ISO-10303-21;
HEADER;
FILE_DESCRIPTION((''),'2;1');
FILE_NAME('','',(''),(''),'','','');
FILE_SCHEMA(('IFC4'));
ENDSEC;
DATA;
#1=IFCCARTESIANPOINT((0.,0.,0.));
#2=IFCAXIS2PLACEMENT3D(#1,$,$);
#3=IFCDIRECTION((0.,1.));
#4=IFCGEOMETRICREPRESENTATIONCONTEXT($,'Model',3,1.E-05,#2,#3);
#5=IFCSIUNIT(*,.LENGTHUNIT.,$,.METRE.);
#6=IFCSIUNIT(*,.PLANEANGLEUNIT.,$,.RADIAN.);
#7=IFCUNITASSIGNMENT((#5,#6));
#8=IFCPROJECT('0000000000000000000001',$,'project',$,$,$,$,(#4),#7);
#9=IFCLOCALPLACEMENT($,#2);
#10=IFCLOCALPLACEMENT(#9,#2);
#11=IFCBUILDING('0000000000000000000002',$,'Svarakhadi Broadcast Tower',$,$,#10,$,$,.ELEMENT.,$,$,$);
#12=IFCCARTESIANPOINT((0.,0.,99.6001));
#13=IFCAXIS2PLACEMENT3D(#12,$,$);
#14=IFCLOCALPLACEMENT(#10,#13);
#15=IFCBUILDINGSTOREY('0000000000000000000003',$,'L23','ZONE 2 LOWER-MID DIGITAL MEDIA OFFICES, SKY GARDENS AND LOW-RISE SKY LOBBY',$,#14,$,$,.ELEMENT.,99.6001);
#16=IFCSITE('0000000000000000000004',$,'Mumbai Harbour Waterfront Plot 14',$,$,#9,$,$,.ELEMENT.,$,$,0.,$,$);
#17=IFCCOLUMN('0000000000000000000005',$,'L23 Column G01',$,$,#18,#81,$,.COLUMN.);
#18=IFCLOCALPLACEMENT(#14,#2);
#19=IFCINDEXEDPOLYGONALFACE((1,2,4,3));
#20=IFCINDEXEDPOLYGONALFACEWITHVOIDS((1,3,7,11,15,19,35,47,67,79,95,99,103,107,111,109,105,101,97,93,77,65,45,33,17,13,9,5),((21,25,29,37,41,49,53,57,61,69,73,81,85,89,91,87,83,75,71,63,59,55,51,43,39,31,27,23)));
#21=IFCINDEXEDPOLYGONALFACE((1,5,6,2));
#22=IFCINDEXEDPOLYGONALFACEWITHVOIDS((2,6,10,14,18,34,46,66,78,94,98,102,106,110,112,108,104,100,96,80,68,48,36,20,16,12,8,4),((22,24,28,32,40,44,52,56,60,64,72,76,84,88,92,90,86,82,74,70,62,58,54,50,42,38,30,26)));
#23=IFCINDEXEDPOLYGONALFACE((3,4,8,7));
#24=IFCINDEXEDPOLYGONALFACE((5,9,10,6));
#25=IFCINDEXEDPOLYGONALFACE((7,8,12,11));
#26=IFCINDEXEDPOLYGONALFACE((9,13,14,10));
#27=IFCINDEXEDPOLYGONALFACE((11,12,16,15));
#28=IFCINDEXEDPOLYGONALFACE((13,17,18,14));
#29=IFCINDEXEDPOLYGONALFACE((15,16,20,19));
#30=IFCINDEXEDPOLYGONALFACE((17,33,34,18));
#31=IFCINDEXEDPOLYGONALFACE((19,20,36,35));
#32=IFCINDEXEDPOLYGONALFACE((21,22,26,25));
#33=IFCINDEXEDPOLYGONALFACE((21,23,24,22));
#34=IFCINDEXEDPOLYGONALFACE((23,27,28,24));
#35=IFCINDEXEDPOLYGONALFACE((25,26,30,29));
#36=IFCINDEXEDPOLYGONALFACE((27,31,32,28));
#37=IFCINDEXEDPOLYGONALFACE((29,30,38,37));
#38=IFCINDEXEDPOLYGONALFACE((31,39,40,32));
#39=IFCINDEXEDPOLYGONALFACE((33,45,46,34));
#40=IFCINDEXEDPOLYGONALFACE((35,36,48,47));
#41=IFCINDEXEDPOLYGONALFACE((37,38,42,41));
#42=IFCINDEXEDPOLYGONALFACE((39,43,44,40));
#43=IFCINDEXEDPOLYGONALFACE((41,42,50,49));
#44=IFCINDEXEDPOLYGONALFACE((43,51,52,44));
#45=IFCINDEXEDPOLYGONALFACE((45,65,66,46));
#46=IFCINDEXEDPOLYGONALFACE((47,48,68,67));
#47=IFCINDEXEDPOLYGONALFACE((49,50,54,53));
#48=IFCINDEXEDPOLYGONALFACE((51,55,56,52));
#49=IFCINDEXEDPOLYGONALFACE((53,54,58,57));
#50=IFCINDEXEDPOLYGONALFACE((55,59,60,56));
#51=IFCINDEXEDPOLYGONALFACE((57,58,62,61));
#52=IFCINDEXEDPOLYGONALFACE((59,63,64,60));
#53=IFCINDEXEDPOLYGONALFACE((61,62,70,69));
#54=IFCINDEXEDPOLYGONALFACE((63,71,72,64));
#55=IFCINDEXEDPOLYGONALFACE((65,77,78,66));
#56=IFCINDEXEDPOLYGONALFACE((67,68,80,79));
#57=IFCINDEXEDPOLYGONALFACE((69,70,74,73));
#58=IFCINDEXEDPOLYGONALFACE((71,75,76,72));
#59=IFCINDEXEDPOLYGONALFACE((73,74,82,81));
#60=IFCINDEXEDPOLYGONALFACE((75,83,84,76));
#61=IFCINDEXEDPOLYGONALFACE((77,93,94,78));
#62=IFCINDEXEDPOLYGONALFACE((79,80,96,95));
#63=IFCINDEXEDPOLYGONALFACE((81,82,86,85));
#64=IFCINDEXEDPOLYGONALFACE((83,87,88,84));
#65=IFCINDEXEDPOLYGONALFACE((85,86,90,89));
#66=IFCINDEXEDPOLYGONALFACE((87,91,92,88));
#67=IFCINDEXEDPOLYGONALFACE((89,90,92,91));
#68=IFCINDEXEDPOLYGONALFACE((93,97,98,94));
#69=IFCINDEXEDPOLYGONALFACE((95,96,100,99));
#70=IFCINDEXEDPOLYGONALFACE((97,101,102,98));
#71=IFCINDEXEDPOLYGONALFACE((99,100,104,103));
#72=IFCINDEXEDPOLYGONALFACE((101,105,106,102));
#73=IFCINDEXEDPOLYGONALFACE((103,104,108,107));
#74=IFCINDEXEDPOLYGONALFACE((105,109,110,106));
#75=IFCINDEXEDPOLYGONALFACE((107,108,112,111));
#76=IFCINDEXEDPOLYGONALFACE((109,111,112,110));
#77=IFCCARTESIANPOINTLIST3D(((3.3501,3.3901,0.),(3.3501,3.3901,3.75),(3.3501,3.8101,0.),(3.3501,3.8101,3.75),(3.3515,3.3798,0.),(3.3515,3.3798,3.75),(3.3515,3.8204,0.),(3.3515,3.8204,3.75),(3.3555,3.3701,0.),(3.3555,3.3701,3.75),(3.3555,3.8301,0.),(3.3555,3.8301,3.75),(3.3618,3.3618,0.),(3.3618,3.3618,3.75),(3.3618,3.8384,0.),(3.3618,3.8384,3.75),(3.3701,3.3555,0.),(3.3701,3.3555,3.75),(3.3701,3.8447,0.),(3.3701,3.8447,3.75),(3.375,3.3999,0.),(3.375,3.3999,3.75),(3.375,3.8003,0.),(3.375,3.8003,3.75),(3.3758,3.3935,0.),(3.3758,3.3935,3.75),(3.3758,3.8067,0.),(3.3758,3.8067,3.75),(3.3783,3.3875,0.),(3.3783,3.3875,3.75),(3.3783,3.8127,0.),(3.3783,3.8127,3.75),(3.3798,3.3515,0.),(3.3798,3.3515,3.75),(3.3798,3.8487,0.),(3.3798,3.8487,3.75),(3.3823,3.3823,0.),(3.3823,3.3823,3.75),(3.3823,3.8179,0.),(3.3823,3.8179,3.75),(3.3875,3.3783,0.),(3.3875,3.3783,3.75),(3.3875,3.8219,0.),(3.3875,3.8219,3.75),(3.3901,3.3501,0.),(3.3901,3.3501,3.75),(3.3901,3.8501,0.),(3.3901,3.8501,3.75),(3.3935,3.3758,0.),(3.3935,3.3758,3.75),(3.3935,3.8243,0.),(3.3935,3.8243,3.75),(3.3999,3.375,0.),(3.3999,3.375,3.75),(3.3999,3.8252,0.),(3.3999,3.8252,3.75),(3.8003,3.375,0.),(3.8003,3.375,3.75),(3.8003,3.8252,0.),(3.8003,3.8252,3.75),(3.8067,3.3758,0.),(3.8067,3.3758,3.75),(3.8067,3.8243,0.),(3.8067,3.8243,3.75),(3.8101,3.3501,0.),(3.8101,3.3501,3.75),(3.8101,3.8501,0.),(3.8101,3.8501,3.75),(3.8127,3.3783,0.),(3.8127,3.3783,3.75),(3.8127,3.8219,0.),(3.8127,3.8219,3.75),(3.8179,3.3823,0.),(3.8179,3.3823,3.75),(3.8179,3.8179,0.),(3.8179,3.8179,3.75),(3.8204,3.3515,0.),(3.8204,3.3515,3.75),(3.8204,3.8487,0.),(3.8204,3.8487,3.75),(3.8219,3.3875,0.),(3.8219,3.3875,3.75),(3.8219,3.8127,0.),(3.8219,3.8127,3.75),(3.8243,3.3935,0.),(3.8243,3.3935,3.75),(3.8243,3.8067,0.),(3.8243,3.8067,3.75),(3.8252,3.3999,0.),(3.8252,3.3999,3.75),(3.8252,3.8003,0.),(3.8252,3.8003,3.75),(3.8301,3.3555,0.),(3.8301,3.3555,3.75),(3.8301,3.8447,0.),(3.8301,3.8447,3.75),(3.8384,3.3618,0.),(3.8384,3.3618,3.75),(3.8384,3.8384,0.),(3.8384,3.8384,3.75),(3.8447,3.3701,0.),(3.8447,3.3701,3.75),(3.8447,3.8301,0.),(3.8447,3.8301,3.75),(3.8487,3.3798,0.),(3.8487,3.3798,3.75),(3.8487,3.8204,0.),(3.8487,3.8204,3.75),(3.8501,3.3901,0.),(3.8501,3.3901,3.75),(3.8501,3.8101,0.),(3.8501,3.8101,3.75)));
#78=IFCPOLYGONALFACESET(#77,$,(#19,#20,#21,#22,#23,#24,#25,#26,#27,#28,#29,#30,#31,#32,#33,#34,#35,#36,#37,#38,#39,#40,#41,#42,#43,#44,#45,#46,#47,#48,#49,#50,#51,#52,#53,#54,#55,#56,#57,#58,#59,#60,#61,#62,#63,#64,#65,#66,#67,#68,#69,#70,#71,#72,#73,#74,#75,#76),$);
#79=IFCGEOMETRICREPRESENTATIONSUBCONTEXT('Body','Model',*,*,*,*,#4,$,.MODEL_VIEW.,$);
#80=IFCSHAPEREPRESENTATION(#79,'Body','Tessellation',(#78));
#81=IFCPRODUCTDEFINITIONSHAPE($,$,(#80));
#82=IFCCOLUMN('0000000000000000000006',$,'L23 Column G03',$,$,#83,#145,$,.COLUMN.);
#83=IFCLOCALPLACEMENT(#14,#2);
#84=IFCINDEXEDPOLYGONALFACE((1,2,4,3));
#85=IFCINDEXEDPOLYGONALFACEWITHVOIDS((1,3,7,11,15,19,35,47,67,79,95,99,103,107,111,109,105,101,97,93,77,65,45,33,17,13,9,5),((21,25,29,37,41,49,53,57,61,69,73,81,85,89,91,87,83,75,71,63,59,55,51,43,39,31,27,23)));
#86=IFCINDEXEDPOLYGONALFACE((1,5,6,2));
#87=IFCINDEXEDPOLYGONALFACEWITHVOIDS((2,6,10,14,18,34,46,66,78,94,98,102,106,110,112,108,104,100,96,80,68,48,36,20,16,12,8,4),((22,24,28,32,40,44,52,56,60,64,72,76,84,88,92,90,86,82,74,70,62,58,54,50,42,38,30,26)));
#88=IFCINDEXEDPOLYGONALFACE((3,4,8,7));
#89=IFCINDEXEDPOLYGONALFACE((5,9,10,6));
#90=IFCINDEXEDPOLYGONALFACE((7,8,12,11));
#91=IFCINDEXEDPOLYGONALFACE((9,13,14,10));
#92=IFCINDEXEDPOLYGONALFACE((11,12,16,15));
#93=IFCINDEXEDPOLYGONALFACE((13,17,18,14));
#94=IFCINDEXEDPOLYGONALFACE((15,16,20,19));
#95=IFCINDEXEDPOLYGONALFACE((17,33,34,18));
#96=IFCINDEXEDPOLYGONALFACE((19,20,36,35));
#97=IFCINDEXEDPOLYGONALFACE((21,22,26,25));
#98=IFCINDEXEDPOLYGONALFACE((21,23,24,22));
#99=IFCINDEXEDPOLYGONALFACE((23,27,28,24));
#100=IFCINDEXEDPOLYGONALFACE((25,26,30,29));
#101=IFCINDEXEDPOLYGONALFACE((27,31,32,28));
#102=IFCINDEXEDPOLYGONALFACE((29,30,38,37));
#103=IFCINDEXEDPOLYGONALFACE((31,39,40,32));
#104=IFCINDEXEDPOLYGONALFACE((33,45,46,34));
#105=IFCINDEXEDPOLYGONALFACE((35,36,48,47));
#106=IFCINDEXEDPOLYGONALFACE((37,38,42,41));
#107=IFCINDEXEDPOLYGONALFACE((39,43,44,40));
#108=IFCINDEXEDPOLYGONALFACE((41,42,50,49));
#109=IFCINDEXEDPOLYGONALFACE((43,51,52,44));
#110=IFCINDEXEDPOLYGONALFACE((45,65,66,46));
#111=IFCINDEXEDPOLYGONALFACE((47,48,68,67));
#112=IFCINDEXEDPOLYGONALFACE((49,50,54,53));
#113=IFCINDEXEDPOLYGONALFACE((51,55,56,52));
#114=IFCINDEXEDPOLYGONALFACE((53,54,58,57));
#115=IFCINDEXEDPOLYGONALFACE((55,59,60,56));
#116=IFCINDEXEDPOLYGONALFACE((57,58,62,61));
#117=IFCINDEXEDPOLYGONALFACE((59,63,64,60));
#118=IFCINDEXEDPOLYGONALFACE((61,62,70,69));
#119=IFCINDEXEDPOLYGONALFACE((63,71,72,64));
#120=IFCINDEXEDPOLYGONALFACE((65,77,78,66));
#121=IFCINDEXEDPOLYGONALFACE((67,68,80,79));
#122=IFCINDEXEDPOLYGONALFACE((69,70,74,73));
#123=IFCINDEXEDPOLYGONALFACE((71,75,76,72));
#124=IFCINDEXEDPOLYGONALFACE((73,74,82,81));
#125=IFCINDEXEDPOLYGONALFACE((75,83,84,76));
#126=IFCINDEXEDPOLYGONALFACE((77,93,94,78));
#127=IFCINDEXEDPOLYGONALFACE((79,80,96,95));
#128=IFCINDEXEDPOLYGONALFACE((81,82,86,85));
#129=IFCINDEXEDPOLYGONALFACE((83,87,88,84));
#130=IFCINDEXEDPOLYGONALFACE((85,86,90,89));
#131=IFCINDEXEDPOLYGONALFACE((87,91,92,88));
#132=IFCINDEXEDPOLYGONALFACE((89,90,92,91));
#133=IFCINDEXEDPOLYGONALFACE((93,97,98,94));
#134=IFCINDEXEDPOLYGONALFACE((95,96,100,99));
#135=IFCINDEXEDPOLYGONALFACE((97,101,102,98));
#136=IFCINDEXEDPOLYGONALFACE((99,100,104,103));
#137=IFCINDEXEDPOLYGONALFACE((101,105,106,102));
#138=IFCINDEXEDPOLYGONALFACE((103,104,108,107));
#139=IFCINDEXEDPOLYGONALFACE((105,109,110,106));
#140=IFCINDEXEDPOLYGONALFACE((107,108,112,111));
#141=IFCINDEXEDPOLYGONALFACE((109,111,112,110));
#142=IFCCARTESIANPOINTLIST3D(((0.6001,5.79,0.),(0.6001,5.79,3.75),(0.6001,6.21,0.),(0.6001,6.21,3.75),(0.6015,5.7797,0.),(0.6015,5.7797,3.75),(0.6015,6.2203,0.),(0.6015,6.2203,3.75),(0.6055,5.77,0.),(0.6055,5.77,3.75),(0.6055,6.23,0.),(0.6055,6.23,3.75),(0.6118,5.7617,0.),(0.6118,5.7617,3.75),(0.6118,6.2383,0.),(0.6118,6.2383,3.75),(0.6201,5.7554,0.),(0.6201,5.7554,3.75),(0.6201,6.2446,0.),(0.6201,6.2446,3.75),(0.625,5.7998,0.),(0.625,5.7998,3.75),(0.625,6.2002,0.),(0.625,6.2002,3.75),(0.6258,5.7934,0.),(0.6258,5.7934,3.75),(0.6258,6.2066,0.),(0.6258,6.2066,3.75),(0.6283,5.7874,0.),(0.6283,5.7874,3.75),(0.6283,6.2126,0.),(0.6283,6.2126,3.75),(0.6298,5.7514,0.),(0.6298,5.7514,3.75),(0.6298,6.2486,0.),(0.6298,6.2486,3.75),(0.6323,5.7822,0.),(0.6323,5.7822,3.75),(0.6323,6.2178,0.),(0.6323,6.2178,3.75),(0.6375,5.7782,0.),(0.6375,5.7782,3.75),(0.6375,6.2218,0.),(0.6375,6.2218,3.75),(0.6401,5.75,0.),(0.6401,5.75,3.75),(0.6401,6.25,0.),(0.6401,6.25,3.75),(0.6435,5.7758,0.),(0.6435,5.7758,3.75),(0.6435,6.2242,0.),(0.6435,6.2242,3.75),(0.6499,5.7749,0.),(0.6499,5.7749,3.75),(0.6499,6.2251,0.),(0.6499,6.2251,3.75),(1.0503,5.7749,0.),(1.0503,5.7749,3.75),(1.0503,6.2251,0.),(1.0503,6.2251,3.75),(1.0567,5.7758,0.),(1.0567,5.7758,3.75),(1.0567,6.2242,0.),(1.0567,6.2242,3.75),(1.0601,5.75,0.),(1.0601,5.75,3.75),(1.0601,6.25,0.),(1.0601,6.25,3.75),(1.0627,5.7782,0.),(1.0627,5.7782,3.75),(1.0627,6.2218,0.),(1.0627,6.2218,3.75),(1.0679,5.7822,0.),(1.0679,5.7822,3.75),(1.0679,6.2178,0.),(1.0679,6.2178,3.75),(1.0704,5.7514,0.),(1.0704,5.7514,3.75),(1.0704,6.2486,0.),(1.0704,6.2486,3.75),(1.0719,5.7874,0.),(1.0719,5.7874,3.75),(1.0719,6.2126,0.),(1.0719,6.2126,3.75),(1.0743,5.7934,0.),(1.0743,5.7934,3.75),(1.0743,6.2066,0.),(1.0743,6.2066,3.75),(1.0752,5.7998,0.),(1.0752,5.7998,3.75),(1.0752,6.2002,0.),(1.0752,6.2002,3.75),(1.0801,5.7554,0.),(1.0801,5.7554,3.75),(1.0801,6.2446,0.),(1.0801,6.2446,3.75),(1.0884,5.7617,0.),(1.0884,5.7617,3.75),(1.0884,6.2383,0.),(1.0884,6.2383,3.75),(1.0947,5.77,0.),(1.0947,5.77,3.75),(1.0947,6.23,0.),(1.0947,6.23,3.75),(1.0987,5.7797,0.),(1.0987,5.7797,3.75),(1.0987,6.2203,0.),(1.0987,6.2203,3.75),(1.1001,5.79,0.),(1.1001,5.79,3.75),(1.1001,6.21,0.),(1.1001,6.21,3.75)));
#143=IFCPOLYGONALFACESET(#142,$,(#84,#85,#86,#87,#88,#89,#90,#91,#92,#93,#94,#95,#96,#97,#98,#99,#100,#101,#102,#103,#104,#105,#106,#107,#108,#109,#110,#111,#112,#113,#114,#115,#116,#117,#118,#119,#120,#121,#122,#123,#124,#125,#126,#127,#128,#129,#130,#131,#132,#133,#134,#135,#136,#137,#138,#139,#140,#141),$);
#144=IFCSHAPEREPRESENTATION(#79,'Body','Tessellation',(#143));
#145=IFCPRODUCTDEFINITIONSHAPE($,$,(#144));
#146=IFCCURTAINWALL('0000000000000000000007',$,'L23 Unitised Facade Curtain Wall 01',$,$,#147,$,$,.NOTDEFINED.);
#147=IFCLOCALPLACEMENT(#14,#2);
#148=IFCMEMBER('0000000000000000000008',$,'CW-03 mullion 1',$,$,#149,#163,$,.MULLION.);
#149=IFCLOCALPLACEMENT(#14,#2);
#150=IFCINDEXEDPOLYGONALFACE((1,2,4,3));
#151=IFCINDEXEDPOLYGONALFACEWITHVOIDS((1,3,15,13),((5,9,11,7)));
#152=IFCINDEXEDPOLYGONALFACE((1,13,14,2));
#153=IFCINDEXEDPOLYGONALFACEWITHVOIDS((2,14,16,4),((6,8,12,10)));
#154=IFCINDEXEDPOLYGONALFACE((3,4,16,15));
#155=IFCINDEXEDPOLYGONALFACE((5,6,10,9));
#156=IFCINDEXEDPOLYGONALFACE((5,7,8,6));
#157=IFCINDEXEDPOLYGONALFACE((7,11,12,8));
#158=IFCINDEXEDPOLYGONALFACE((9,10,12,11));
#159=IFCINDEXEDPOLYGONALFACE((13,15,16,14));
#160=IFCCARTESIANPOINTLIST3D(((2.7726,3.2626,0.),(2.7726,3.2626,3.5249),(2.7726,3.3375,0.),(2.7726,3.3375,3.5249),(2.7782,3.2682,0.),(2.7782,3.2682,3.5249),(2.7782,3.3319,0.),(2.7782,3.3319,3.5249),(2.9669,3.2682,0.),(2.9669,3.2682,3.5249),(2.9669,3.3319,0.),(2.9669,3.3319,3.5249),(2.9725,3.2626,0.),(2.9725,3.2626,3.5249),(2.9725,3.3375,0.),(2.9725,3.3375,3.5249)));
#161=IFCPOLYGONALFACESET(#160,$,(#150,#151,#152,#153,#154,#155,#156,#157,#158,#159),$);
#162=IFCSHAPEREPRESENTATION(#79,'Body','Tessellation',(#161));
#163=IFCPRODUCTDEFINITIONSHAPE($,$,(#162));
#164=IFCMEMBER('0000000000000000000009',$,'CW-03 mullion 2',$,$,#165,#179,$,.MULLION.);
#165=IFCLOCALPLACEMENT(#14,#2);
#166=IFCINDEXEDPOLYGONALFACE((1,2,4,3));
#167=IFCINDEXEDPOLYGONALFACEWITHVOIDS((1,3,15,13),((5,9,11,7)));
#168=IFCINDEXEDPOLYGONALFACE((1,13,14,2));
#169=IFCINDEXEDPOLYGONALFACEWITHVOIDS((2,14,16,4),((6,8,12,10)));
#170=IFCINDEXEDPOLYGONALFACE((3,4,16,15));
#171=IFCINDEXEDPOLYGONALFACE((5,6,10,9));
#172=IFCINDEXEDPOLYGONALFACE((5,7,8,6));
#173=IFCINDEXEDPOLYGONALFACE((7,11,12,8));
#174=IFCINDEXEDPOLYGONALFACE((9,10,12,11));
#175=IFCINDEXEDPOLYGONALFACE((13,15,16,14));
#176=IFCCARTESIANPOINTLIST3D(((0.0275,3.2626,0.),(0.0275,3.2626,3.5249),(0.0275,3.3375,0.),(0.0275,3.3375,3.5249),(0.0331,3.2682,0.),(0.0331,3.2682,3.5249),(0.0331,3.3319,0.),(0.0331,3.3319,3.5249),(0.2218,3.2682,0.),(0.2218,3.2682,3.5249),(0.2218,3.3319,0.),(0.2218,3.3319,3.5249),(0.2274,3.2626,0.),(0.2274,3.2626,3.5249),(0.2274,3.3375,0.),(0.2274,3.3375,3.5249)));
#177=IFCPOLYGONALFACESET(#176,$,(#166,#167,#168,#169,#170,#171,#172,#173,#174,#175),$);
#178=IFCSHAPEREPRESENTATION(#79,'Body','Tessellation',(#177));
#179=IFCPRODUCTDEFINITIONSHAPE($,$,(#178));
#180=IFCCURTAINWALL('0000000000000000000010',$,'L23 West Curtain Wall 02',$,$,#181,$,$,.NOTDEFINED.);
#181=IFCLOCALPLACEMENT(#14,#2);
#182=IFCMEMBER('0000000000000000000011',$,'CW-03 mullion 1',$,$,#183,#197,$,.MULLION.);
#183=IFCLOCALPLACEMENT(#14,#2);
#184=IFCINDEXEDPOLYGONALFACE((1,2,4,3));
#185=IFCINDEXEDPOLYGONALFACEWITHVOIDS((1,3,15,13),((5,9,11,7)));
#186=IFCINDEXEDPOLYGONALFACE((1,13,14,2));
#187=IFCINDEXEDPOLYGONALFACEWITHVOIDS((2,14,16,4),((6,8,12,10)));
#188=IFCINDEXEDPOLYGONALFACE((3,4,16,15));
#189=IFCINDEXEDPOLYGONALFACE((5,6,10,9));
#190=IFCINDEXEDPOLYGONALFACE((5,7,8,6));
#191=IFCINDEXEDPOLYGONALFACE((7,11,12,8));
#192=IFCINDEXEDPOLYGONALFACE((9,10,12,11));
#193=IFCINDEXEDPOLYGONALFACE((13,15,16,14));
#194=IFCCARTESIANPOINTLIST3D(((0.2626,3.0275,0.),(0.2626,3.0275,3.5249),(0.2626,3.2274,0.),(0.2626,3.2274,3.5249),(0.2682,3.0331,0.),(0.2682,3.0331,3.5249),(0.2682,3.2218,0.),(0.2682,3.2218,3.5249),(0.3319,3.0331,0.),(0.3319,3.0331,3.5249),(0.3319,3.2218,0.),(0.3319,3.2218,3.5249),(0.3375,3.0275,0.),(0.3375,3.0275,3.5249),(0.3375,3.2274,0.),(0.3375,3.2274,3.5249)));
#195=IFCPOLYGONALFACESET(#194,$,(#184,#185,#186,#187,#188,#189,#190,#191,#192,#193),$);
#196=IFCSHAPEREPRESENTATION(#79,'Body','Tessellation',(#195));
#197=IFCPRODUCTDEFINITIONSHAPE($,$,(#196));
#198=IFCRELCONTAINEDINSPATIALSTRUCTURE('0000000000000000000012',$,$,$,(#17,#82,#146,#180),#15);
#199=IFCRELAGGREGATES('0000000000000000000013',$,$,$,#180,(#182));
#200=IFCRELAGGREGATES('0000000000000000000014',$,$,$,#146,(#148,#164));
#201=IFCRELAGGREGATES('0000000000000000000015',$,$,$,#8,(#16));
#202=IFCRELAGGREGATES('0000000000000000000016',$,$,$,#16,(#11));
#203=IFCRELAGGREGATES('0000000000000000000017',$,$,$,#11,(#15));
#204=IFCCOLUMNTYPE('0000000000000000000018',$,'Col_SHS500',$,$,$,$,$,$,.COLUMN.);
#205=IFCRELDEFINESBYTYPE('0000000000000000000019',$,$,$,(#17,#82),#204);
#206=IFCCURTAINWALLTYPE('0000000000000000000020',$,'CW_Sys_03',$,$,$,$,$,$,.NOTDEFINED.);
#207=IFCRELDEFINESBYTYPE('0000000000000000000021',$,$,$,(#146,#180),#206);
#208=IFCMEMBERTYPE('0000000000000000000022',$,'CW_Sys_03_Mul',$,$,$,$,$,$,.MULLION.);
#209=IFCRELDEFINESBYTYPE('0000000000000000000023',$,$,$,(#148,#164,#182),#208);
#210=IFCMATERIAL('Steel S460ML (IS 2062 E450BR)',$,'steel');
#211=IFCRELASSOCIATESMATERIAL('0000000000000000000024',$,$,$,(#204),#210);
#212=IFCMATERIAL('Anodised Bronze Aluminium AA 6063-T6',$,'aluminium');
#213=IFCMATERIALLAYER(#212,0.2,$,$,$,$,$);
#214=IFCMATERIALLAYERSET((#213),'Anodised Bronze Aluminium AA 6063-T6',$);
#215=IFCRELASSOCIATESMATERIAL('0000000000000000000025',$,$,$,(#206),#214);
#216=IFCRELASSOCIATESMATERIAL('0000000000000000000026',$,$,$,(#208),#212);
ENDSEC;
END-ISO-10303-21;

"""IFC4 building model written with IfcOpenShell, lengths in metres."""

from ifc_helpers import new_model, si_unit, direction, frame, origin, origin_2d, place, context, subcontext, project, spatial, hollow_rectangle, extrude, material, layer, layer_set, material_profile, profile_set, type_object, element, aggregate, save


model = new_model("IFC4")

# Units and contexts
model_context = context("Model", 3, precision=1e-05, world=origin(), true_north=direction((0.0, 1.0)))
body_context = subcontext(model_context, "Body", "Model", "MODEL_VIEW")
ifc_project = project(units=[si_unit("LENGTHUNIT", "METRE"), si_unit("PLANEANGLEUNIT", "RADIAN")], contexts=[model_context])

# Site, building, storey
site_placement = place(None, origin())
site = spatial("IfcSite", under=ifc_project, at=site_placement, Name="Mumbai Harbour Waterfront Plot 14", CompositionType="ELEMENT", RefElevation=0.0)
building_placement = place(site_placement, origin())
building = spatial("IfcBuilding", under=site, at=building_placement, Name="Svarakhadi Broadcast Tower", CompositionType="ELEMENT")
storey_placement = place(building_placement, frame((0.0, 0.0, 99.6001)))
storey = spatial("IfcBuildingStorey", under=building, at=storey_placement, Name="L23", Description="ZONE 2 LOWER-MID DIGITAL MEDIA OFFICES, SKY GARDENS AND LOW-RISE SKY LOBBY", CompositionType="ELEMENT", Elevation=99.6001)

# Columns
ifc_material_1 = material(Name="Steel S460ML (IS 2062 E450BR)", Category="steel")
ifc_material_profile_1 = material_profile(ifc_material_1, hollow_rectangle(XDim=0.5, YDim=0.5, WallThickness=0.0249, InnerFilletRadius=0.0249, OuterFilletRadius=0.04, at=origin_2d()), Name="SHS 500x500x25")
ifc_profile_set_1 = profile_set([ifc_material_profile_1], Name="Steel S460ML (IS 2062 E450BR)")
column_type = type_object("IfcColumnType", Name="Col_SHS500", PredefinedType="COLUMN", material=ifc_profile_set_1)
for number, where, z_axis, x_axis, name in (
    (1, (3.6001, 3.6001, 0.0), (0.0, 0.0, 1.0), (1.0, 0.0, 0.0), "L23 Column G01"),
    (2, (0.8501, 6.0, 0.0), (0.0, 0.0, 1.0), (1.0, 0.0, 0.0), "L23 Column G03"),
):
    element("IfcColumn", number, at=place(storey_placement, frame(where, z_axis=z_axis, x_axis=x_axis)), inside=storey, type_object=column_type, Name=name, PredefinedType="COLUMN", context=body_context, shape_type="SweptSolid", body=[
        extrude(hollow_rectangle(XDim=0.5, YDim=0.5, WallThickness=0.0249, InnerFilletRadius=0.0249, OuterFilletRadius=0.04, at=origin_2d()), origin(), (0.0, 0.0, 1.0), 3.75),
    ])

# Curtain wall, members
ifc_material_2 = material(Name="Anodised Bronze Aluminium AA 6063-T6", Category="aluminium")
ifc_layer_1 = layer(ifc_material_2, 0.2)
ifc_layer_set_1 = layer_set([ifc_layer_1], Name="Anodised Bronze Aluminium AA 6063-T6")
curtain_wall_type = type_object("IfcCurtainWallType", Name="CW_Sys_03", PredefinedType="NOTDEFINED", material=ifc_layer_set_1)
curtain_wall_1_placement = place(storey_placement, origin())
curtain_wall_1 = element("IfcCurtainWall", 3, at=curtain_wall_1_placement, inside=storey, type_object=curtain_wall_type, Name="L23 Unitised Facade Curtain Wall 01", PredefinedType="NOTDEFINED")
ifc_material_profile_2 = material_profile(ifc_material_2, hollow_rectangle(XDim=0.075, YDim=0.2, WallThickness=0.0056, at=origin_2d()), Name="ALU MULLION 200x75x6")
ifc_profile_set_2 = profile_set([ifc_material_profile_2], Name="Anodised Bronze Aluminium AA 6063-T6")
member_type_1 = type_object("IfcMemberType", Name="CW_Sys_03_Mul", PredefinedType="MULLION", material=ifc_profile_set_2)
member_1_placement = place(storey_placement, frame((2.8726, 3.3, 0.0), z_axis=(0.0, 0.0, 1.0), x_axis=(0.0, -1.0, 0.0)))
member_1 = element("IfcMember", 4, at=member_1_placement, type_object=member_type_1, Name="CW-03 mullion 1", PredefinedType="MULLION", context=body_context, shape_type="SweptSolid", body=[
    extrude(hollow_rectangle(XDim=0.075, YDim=0.2, WallThickness=0.0056, at=origin_2d()), origin(), (0.0, 0.0, 1.0), 3.5249),
])
member_2_placement = place(storey_placement, frame((0.1274, 3.3, 0.0), z_axis=(0.0, 0.0, 1.0), x_axis=(0.0, -1.0, 0.0)))
member_2 = element("IfcMember", 5, at=member_2_placement, type_object=member_type_1, Name="CW-03 mullion 2", PredefinedType="MULLION", context=body_context, shape_type="SweptSolid", body=[
    extrude(hollow_rectangle(XDim=0.075, YDim=0.2, WallThickness=0.0056, at=origin_2d()), origin(), (0.0, 0.0, 1.0), 3.5249),
])

# Curtain wall, member
curtain_wall_2_placement = place(storey_placement, origin())
curtain_wall_2 = element("IfcCurtainWall", 6, at=curtain_wall_2_placement, inside=storey, type_object=curtain_wall_type, Name="L23 West Curtain Wall 02", PredefinedType="NOTDEFINED")
member_3_placement = place(storey_placement, frame((0.3, 3.1274, 0.0), z_axis=(0.0, 0.0, 1.0), x_axis=(-1.0, 0.0, 0.0)))
member_3 = element("IfcMember", 7, at=member_3_placement, type_object=member_type_1, Name="CW-03 mullion 1", PredefinedType="MULLION", context=body_context, shape_type="SweptSolid", body=[
    extrude(hollow_rectangle(XDim=0.075, YDim=0.2, WallThickness=0.0056, at=origin_2d()), origin(), (0.0, 0.0, 1.0), 3.5249),
])

aggregate(curtain_wall_2, [member_3])

aggregate(curtain_wall_1, [member_1, member_2])

save(model, "model.ifc")
